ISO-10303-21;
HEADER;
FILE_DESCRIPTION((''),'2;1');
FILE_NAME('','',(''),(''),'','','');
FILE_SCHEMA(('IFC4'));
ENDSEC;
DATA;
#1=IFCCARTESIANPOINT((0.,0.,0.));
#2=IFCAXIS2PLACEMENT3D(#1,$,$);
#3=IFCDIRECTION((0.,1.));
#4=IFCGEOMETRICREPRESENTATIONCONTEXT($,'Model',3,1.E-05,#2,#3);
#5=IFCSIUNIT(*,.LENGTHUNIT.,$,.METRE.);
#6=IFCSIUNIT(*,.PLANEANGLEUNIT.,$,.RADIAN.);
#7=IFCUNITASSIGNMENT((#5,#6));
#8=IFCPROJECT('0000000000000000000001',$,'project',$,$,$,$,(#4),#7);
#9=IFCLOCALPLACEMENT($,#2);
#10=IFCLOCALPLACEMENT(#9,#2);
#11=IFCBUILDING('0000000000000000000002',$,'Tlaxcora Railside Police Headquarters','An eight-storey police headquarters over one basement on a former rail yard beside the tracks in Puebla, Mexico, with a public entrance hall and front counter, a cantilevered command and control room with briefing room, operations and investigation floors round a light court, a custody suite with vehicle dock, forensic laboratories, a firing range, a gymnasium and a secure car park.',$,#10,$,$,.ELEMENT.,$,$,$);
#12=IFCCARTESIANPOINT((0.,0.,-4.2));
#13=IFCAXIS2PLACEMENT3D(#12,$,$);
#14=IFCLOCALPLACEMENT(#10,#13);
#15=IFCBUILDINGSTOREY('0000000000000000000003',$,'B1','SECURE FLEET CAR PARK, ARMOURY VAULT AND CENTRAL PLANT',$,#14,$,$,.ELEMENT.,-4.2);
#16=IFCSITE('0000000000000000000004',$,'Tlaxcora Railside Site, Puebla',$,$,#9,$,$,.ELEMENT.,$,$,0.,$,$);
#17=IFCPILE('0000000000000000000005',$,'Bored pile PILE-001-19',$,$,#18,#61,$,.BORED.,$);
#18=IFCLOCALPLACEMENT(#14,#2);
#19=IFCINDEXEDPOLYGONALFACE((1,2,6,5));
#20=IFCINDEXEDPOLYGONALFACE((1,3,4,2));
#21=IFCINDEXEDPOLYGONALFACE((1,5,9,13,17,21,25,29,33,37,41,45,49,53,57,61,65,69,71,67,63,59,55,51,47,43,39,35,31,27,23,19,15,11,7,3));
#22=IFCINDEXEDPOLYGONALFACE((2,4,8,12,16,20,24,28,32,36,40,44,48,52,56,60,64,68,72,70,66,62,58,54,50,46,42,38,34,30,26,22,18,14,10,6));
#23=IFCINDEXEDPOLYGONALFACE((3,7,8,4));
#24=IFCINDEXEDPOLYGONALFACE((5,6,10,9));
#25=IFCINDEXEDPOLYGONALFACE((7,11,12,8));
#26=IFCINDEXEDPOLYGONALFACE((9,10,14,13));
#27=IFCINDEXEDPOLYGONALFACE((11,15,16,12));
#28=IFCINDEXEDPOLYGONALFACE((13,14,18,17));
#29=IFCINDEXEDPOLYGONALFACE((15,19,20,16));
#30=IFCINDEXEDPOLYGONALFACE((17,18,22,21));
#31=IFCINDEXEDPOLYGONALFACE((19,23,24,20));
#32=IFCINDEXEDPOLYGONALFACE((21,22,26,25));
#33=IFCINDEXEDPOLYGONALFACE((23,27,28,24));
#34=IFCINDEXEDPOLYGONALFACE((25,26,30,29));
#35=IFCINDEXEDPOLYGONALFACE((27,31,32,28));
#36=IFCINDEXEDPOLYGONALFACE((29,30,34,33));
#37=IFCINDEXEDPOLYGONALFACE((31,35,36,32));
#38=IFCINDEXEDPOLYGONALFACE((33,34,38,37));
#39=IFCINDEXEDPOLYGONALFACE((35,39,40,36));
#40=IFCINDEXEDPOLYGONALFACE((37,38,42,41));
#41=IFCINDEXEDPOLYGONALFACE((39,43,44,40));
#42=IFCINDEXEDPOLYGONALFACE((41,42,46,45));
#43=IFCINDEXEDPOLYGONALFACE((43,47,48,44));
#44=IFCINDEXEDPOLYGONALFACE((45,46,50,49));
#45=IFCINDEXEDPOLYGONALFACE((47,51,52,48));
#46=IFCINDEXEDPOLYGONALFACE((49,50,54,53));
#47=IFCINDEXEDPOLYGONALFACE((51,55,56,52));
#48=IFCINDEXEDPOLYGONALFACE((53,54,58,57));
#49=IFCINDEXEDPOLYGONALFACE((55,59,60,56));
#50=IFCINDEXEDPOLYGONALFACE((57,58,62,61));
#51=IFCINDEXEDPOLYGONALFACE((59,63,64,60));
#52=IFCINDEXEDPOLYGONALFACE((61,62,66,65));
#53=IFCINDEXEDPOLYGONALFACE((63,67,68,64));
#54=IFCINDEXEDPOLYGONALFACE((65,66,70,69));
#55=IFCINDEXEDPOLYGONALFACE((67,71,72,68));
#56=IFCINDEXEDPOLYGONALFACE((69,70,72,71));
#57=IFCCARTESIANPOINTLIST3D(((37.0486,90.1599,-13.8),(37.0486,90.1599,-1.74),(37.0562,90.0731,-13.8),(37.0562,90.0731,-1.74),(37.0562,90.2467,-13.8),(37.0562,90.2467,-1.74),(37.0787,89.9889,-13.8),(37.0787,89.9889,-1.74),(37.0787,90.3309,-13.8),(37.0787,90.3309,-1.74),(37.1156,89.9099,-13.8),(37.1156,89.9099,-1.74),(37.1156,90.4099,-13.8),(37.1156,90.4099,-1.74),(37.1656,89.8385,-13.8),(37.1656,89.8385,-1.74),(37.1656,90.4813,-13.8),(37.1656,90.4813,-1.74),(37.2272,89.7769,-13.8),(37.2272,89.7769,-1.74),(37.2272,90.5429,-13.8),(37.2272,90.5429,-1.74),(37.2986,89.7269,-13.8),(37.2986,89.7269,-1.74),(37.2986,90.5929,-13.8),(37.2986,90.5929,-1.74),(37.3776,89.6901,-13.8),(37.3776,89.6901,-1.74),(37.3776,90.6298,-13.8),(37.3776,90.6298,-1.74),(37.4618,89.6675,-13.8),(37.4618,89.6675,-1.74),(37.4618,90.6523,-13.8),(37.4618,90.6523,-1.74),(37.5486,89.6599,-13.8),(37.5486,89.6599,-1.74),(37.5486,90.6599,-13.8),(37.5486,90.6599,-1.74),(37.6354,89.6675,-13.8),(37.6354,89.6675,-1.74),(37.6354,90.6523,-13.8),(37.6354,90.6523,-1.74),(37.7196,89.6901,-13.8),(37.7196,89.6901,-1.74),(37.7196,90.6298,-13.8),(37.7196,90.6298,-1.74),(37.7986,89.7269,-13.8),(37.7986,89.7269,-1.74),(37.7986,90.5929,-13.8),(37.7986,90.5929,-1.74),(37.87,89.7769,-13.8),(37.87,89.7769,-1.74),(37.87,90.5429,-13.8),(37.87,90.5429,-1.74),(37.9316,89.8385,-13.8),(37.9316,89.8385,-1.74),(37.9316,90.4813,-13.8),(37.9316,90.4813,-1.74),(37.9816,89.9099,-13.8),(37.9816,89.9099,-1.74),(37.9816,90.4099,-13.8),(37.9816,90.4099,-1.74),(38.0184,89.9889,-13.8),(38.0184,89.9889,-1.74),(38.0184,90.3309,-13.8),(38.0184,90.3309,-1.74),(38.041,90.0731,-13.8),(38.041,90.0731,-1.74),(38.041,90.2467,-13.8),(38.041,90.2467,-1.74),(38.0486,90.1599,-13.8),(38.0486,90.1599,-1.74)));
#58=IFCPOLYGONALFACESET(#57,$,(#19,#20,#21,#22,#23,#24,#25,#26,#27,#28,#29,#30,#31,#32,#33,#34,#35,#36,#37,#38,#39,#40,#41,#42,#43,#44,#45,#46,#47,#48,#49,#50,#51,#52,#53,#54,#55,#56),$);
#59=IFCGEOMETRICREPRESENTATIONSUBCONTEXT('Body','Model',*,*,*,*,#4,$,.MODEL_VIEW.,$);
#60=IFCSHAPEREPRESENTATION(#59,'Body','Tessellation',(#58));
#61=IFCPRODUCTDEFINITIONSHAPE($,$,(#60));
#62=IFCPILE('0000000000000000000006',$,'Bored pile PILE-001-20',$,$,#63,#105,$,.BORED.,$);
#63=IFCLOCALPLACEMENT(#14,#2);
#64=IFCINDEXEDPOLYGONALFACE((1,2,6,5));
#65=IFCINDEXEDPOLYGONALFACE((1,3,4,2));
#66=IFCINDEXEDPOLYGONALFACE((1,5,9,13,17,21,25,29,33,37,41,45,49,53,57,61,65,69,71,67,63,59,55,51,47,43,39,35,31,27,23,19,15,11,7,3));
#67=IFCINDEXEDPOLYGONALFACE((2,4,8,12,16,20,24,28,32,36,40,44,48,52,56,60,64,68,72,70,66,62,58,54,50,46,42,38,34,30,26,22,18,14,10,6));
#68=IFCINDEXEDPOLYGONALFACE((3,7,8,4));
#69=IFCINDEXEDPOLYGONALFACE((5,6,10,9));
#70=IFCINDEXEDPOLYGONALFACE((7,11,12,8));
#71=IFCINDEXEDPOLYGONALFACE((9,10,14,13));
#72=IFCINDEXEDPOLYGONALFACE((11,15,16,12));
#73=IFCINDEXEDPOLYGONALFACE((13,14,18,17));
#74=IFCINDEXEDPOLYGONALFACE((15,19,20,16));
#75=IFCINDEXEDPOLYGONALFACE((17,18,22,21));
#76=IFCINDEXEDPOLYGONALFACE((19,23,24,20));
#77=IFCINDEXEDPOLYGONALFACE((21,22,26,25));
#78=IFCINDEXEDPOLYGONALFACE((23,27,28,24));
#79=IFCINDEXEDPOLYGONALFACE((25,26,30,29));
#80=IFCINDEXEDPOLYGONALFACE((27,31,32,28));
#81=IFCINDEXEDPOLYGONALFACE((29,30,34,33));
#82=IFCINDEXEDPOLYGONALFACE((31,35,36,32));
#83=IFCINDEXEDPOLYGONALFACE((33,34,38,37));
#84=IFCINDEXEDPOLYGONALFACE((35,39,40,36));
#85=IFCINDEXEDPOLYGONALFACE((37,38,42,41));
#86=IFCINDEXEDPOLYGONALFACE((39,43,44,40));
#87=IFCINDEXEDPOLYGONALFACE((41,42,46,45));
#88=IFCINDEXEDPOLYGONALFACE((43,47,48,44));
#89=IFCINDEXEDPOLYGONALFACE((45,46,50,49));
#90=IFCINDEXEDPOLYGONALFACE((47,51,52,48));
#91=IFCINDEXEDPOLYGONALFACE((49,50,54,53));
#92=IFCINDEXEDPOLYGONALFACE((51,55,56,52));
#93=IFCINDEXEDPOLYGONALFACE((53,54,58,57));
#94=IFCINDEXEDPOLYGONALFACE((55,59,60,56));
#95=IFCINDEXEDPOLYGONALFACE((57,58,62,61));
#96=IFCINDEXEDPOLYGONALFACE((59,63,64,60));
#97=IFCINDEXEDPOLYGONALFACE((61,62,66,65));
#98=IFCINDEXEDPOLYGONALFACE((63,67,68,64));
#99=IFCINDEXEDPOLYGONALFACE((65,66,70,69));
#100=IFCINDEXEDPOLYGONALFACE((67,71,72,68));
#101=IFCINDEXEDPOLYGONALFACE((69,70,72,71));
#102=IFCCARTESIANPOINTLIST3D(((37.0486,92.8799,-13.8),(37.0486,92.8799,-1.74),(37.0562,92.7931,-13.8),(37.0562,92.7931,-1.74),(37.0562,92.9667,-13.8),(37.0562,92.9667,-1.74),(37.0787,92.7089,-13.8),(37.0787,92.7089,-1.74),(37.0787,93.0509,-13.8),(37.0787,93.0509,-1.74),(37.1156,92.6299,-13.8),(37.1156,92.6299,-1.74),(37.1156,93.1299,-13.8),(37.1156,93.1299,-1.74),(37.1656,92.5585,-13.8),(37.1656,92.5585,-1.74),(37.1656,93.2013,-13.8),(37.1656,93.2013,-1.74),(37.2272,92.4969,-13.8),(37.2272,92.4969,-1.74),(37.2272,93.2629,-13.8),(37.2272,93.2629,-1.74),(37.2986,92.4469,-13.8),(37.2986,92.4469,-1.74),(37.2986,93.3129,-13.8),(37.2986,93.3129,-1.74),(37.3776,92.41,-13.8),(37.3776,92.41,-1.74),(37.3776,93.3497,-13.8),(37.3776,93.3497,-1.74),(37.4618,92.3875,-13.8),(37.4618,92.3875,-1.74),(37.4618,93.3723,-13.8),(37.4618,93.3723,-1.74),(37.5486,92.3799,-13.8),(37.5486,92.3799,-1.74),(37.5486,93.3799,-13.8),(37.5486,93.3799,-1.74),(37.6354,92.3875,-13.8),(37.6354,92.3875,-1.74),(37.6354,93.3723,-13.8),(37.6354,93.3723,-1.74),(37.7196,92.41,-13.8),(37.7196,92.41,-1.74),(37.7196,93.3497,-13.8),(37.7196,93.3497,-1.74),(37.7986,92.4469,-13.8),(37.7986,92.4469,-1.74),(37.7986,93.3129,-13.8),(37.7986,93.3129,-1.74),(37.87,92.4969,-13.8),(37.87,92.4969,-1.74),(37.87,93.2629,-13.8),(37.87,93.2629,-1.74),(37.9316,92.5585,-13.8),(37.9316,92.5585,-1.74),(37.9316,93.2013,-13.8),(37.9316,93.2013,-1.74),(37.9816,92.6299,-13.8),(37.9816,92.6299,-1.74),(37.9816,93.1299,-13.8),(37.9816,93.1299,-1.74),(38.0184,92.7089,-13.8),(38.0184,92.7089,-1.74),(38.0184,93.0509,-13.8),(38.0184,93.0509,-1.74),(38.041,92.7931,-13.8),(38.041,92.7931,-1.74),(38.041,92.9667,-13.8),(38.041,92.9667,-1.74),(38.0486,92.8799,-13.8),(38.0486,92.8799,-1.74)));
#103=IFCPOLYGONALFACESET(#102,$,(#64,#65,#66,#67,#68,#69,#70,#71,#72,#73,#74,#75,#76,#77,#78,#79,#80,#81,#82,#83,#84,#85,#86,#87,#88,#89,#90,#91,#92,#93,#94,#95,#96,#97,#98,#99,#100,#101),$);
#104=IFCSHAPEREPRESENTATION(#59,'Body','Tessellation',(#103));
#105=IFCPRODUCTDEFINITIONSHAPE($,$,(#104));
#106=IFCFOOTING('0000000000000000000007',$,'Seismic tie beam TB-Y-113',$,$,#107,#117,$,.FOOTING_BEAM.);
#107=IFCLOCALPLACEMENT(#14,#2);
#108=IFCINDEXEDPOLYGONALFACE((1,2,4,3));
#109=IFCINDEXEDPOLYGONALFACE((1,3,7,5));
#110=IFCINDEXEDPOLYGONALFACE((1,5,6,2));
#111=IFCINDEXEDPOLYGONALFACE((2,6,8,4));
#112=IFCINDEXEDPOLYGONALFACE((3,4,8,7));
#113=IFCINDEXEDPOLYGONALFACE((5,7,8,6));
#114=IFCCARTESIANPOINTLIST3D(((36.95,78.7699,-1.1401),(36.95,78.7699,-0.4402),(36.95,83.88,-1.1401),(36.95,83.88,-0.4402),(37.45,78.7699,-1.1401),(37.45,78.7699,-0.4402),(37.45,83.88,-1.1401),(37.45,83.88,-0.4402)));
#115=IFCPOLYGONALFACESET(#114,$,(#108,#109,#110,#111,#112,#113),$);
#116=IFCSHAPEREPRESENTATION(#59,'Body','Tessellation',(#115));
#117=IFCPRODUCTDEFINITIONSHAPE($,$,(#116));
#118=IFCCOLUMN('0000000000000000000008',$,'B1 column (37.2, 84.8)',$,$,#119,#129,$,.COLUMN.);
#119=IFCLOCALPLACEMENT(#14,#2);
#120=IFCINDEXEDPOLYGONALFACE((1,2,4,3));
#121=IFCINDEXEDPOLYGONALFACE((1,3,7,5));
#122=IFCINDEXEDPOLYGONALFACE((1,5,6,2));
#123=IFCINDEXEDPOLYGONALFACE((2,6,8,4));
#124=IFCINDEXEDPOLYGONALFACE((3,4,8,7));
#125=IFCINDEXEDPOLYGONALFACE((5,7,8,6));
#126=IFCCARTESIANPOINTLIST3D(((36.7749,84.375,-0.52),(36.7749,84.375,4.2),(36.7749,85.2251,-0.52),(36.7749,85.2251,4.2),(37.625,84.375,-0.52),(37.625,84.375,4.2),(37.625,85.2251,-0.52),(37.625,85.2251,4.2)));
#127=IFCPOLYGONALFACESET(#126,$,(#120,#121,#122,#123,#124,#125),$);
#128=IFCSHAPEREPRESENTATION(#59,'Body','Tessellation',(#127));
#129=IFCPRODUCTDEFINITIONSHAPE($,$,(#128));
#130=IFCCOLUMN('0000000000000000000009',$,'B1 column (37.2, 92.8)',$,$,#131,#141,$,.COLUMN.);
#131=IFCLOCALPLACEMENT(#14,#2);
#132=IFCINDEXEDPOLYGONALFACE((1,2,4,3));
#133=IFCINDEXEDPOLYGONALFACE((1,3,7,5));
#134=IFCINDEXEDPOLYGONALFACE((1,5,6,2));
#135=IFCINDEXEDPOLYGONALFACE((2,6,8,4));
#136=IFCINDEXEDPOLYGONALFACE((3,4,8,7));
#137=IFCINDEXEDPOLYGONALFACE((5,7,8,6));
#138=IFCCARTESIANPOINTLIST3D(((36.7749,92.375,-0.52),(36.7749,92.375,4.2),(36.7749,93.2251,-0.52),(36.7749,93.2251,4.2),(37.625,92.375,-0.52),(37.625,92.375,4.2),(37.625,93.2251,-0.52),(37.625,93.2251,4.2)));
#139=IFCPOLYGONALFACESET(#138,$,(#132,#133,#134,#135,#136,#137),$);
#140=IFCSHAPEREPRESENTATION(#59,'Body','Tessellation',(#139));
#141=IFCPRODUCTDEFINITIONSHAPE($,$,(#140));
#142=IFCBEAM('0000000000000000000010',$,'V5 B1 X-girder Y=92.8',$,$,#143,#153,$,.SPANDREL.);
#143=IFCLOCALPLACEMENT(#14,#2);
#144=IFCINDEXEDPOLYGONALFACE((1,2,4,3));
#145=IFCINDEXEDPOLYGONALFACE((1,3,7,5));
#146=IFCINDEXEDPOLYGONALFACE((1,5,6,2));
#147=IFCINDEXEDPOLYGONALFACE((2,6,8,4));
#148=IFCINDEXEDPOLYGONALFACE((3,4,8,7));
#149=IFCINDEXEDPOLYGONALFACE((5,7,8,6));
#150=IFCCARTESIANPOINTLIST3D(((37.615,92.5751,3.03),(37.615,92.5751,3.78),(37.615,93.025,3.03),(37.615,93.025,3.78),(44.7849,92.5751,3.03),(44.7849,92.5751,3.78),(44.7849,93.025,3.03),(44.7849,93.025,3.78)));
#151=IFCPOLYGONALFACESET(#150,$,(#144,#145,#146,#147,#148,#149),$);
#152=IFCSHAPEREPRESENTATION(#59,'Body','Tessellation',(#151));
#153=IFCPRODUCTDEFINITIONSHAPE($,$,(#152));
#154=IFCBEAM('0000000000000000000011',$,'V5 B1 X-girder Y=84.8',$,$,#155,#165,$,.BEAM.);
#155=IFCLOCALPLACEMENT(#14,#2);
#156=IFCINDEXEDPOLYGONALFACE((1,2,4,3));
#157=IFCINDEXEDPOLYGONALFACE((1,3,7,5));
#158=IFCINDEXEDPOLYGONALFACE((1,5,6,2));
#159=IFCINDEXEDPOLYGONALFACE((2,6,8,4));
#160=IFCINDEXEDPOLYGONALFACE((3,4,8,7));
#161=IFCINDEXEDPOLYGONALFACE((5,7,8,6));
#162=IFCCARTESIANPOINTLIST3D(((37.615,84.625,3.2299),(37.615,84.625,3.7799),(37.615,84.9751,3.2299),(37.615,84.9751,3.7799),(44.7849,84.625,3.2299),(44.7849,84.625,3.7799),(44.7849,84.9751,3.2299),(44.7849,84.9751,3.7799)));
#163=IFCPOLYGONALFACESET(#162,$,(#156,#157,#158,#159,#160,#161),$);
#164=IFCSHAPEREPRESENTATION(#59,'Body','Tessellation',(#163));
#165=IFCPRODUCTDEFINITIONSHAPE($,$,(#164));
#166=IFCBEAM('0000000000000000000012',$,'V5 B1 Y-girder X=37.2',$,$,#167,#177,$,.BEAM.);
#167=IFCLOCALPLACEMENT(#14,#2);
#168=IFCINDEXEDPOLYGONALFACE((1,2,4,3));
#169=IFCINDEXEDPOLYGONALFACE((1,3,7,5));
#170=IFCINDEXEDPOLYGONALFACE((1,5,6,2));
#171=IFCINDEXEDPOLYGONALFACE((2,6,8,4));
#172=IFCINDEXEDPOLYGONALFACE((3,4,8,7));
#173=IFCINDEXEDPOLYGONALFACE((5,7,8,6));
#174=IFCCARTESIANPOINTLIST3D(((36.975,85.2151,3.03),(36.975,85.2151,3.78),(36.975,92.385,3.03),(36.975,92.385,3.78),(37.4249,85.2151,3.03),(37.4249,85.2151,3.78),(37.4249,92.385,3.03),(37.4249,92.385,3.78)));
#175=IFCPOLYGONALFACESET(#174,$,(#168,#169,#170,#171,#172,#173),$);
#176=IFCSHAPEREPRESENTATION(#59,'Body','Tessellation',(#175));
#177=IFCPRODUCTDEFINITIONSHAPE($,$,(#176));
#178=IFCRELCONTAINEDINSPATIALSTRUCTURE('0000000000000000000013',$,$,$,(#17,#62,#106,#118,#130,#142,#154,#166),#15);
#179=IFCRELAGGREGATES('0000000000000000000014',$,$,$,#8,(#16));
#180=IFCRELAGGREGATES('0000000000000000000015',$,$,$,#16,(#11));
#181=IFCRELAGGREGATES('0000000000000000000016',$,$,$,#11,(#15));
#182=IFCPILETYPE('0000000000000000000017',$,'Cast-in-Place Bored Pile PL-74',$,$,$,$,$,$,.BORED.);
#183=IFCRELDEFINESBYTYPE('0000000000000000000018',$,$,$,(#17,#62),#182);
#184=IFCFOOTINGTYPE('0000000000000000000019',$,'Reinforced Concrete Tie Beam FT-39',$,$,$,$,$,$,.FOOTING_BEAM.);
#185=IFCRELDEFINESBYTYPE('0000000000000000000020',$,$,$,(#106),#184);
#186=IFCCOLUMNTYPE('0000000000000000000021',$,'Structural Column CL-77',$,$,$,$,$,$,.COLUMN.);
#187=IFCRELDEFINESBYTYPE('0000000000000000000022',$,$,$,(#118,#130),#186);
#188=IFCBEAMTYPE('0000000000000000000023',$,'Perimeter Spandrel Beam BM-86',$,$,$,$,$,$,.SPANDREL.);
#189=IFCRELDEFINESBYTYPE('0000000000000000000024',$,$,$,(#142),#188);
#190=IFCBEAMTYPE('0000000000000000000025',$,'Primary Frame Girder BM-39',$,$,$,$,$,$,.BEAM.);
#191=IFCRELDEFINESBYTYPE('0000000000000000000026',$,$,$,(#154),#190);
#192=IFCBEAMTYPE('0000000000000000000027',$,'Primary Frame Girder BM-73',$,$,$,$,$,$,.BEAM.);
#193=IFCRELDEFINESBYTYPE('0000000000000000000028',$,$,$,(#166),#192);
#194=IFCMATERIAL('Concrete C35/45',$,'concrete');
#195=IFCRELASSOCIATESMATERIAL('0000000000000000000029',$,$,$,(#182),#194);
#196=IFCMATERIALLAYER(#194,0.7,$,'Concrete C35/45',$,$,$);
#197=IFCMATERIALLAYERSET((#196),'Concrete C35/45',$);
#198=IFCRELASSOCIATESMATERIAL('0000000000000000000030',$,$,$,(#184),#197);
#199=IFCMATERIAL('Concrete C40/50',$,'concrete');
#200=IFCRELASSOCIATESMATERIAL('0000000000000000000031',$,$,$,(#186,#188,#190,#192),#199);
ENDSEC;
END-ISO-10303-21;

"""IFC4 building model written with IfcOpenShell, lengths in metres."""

from ifc_helpers import new_model, si_unit, direction, frame, origin, origin_2d, place, context, subcontext, project, spatial, rectangle, circle, extrude, material, layer, layer_set, material_profile, profile_set, type_object, element, save


model = new_model("IFC4")

# Units and contexts
model_context = context("Model", 3, precision=1e-05, world=origin(), true_north=direction((0.0, 1.0)))
body_context = subcontext(model_context, "Body", "Model", "MODEL_VIEW")
ifc_project = project(units=[si_unit("LENGTHUNIT", "METRE"), si_unit("PLANEANGLEUNIT", "RADIAN")], contexts=[model_context])

# Site, building, storey
site_placement = place(None, origin())
site = spatial("IfcSite", under=ifc_project, at=site_placement, Name="Tlaxcora Railside Site, Puebla", CompositionType="ELEMENT", RefElevation=0.0)
building_placement = place(site_placement, origin())
building = spatial("IfcBuilding", under=site, at=building_placement, Name="Tlaxcora Railside Police Headquarters", Description="An eight-storey police headquarters over one basement on a former rail yard beside the tracks in Puebla, Mexico, with a public entrance hall and front counter, a cantilevered command and control room with briefing room, operations and investigation floors round a light court, a custody suite with vehicle dock, forensic laboratories, a firing range, a gymnasium and a secure car park.", CompositionType="ELEMENT")
storey_placement = place(building_placement, frame((0.0, 0.0, -4.2)))
storey = spatial("IfcBuildingStorey", under=building, at=storey_placement, Name="B1", Description="SECURE FLEET CAR PARK, ARMOURY VAULT AND CENTRAL PLANT", CompositionType="ELEMENT", Elevation=-4.2)

# Piles
ifc_material_1 = material(Name="Concrete C35/45", Category="concrete")
ifc_material_profile_1 = material_profile(ifc_material_1, circle(Radius=0.5, at=origin_2d()), Name="PILE1000")
ifc_profile_set_1 = profile_set([ifc_material_profile_1], Name="Concrete C35/45")
pile_type = type_object("IfcPileType", Name="Cast-in-Place Bored Pile PL-74", PredefinedType="BORED", material=ifc_profile_set_1)
for number, where, z_axis, x_axis, name in (
    (1, (37.5486, 90.1599, -1.74), (0.0, 0.0, -1.0), (1.0, 0.0, 0.0), "Bored pile PILE-001-19"),
    (2, (37.5486, 92.8799, -1.74), (0.0, 0.0, -1.0), (1.0, 0.0, 0.0), "Bored pile PILE-001-20"),
):
    element("IfcPile", number, at=place(storey_placement, frame(where, z_axis=z_axis, x_axis=x_axis)), inside=storey, type_object=pile_type, Name=name, PredefinedType="BORED", context=body_context, shape_type="SweptSolid", body=[
        extrude(circle(Radius=0.5, at=origin_2d()), origin(), (0.0, 0.0, 1.0), 12.0601),
    ])

# Footing
ifc_layer_1 = layer(ifc_material_1, 0.7, Name="Concrete C35/45")
ifc_layer_set_1 = layer_set([ifc_layer_1], Name="Concrete C35/45")
footing_type = type_object("IfcFootingType", Name="Reinforced Concrete Tie Beam FT-39", PredefinedType="FOOTING_BEAM", material=ifc_layer_set_1)
footing_placement = place(storey_placement, frame((37.2, 81.325, -1.1401), z_axis=(0.0, 0.0, 1.0), x_axis=(0.0, 1.0, 0.0)))
element("IfcFooting", 3, at=footing_placement, inside=storey, type_object=footing_type, Name="Seismic tie beam TB-Y-113", PredefinedType="FOOTING_BEAM", context=body_context, shape_type="SweptSolid", body=[
    extrude(rectangle(XDim=5.1101, YDim=0.5, at=origin_2d()), origin(), (0.0, 0.0, 1.0), 0.7),
])

# Columns
ifc_material_2 = material(Name="Concrete C40/50", Category="concrete")
ifc_material_profile_2 = material_profile(ifc_material_2, rectangle(XDim=0.8501, YDim=0.8501, at=origin_2d()), Name="RC850X850")
ifc_profile_set_2 = profile_set([ifc_material_profile_2], Name="Concrete C40/50")
column_type = type_object("IfcColumnType", Name="Structural Column CL-77", PredefinedType="COLUMN", material=ifc_profile_set_2)
for number, where, z_axis, x_axis, name in (
    (4, (37.2, 84.8, -0.52), (0.0, 0.0, 1.0), (1.0, 0.0, 0.0), "B1 column (37.2, 84.8)"),
    (5, (37.2, 92.8, -0.52), (0.0, 0.0, 1.0), (1.0, 0.0, 0.0), "B1 column (37.2, 92.8)"),
):
    element("IfcColumn", number, at=place(storey_placement, frame(where, z_axis=z_axis, x_axis=x_axis)), inside=storey, type_object=column_type, Name=name, PredefinedType="COLUMN", context=body_context, shape_type="SweptSolid", body=[
        extrude(rectangle(XDim=0.8501, YDim=0.8501, at=origin_2d()), origin(), (0.0, 0.0, 1.0), 4.72),
    ])

# Beams
ifc_material_profile_3 = material_profile(ifc_material_2, rectangle(XDim=0.45, YDim=0.75, at=origin_2d()), Name="RC450X750")
ifc_profile_set_3 = profile_set([ifc_material_profile_3], Name="Concrete C40/50")
beam_type_1 = type_object("IfcBeamType", Name="Perimeter Spandrel Beam BM-86", PredefinedType="SPANDREL", material=ifc_profile_set_3)
beam_1_placement = place(storey_placement, frame((37.615, 92.8, 3.405), z_axis=(1.0, 0.0, 0.0), x_axis=(0.0, 1.0, 0.0)))
element("IfcBeam", 6, at=beam_1_placement, inside=storey, type_object=beam_type_1, Name="V5 B1 X-girder Y=92.8", PredefinedType="SPANDREL", context=body_context, shape_type="SweptSolid", body=[
    extrude(rectangle(XDim=0.45, YDim=0.75, at=origin_2d()), origin(), (0.0, 0.0, 1.0), 7.1699),
])
ifc_material_profile_4 = material_profile(ifc_material_2, rectangle(XDim=0.3501, YDim=0.55, at=origin_2d()), Name="RC350X550")
ifc_profile_set_4 = profile_set([ifc_material_profile_4], Name="Concrete C40/50")
beam_type_2 = type_object("IfcBeamType", Name="Primary Frame Girder BM-39", PredefinedType="BEAM", material=ifc_profile_set_4)
beam_2_placement = place(storey_placement, frame((37.615, 84.8, 3.5049), z_axis=(1.0, 0.0, 0.0), x_axis=(0.0, 1.0, 0.0)))
element("IfcBeam", 7, at=beam_2_placement, inside=storey, type_object=beam_type_2, Name="V5 B1 X-girder Y=84.8", PredefinedType="BEAM", context=body_context, shape_type="SweptSolid", body=[
    extrude(rectangle(XDim=0.3501, YDim=0.55, at=origin_2d()), origin(), (0.0, 0.0, 1.0), 7.1699),
])
ifc_material_profile_5 = material_profile(ifc_material_2, rectangle(XDim=0.45, YDim=0.75, at=origin_2d()), Name="RC450X750")
ifc_profile_set_5 = profile_set([ifc_material_profile_5], Name="Concrete C40/50")
beam_type_3 = type_object("IfcBeamType", Name="Primary Frame Girder BM-73", PredefinedType="BEAM", material=ifc_profile_set_5)
beam_3_placement = place(storey_placement, frame((37.2, 85.2151, 3.405), z_axis=(0.0, 1.0, 0.0), x_axis=(-1.0, 0.0, 0.0)))
element("IfcBeam", 8, at=beam_3_placement, inside=storey, type_object=beam_type_3, Name="V5 B1 Y-girder X=37.2", PredefinedType="BEAM", context=body_context, shape_type="SweptSolid", body=[
    extrude(rectangle(XDim=0.45, YDim=0.75, at=origin_2d()), origin(), (0.0, 0.0, 1.0), 7.1699),
])

save(model, "model.ifc")
